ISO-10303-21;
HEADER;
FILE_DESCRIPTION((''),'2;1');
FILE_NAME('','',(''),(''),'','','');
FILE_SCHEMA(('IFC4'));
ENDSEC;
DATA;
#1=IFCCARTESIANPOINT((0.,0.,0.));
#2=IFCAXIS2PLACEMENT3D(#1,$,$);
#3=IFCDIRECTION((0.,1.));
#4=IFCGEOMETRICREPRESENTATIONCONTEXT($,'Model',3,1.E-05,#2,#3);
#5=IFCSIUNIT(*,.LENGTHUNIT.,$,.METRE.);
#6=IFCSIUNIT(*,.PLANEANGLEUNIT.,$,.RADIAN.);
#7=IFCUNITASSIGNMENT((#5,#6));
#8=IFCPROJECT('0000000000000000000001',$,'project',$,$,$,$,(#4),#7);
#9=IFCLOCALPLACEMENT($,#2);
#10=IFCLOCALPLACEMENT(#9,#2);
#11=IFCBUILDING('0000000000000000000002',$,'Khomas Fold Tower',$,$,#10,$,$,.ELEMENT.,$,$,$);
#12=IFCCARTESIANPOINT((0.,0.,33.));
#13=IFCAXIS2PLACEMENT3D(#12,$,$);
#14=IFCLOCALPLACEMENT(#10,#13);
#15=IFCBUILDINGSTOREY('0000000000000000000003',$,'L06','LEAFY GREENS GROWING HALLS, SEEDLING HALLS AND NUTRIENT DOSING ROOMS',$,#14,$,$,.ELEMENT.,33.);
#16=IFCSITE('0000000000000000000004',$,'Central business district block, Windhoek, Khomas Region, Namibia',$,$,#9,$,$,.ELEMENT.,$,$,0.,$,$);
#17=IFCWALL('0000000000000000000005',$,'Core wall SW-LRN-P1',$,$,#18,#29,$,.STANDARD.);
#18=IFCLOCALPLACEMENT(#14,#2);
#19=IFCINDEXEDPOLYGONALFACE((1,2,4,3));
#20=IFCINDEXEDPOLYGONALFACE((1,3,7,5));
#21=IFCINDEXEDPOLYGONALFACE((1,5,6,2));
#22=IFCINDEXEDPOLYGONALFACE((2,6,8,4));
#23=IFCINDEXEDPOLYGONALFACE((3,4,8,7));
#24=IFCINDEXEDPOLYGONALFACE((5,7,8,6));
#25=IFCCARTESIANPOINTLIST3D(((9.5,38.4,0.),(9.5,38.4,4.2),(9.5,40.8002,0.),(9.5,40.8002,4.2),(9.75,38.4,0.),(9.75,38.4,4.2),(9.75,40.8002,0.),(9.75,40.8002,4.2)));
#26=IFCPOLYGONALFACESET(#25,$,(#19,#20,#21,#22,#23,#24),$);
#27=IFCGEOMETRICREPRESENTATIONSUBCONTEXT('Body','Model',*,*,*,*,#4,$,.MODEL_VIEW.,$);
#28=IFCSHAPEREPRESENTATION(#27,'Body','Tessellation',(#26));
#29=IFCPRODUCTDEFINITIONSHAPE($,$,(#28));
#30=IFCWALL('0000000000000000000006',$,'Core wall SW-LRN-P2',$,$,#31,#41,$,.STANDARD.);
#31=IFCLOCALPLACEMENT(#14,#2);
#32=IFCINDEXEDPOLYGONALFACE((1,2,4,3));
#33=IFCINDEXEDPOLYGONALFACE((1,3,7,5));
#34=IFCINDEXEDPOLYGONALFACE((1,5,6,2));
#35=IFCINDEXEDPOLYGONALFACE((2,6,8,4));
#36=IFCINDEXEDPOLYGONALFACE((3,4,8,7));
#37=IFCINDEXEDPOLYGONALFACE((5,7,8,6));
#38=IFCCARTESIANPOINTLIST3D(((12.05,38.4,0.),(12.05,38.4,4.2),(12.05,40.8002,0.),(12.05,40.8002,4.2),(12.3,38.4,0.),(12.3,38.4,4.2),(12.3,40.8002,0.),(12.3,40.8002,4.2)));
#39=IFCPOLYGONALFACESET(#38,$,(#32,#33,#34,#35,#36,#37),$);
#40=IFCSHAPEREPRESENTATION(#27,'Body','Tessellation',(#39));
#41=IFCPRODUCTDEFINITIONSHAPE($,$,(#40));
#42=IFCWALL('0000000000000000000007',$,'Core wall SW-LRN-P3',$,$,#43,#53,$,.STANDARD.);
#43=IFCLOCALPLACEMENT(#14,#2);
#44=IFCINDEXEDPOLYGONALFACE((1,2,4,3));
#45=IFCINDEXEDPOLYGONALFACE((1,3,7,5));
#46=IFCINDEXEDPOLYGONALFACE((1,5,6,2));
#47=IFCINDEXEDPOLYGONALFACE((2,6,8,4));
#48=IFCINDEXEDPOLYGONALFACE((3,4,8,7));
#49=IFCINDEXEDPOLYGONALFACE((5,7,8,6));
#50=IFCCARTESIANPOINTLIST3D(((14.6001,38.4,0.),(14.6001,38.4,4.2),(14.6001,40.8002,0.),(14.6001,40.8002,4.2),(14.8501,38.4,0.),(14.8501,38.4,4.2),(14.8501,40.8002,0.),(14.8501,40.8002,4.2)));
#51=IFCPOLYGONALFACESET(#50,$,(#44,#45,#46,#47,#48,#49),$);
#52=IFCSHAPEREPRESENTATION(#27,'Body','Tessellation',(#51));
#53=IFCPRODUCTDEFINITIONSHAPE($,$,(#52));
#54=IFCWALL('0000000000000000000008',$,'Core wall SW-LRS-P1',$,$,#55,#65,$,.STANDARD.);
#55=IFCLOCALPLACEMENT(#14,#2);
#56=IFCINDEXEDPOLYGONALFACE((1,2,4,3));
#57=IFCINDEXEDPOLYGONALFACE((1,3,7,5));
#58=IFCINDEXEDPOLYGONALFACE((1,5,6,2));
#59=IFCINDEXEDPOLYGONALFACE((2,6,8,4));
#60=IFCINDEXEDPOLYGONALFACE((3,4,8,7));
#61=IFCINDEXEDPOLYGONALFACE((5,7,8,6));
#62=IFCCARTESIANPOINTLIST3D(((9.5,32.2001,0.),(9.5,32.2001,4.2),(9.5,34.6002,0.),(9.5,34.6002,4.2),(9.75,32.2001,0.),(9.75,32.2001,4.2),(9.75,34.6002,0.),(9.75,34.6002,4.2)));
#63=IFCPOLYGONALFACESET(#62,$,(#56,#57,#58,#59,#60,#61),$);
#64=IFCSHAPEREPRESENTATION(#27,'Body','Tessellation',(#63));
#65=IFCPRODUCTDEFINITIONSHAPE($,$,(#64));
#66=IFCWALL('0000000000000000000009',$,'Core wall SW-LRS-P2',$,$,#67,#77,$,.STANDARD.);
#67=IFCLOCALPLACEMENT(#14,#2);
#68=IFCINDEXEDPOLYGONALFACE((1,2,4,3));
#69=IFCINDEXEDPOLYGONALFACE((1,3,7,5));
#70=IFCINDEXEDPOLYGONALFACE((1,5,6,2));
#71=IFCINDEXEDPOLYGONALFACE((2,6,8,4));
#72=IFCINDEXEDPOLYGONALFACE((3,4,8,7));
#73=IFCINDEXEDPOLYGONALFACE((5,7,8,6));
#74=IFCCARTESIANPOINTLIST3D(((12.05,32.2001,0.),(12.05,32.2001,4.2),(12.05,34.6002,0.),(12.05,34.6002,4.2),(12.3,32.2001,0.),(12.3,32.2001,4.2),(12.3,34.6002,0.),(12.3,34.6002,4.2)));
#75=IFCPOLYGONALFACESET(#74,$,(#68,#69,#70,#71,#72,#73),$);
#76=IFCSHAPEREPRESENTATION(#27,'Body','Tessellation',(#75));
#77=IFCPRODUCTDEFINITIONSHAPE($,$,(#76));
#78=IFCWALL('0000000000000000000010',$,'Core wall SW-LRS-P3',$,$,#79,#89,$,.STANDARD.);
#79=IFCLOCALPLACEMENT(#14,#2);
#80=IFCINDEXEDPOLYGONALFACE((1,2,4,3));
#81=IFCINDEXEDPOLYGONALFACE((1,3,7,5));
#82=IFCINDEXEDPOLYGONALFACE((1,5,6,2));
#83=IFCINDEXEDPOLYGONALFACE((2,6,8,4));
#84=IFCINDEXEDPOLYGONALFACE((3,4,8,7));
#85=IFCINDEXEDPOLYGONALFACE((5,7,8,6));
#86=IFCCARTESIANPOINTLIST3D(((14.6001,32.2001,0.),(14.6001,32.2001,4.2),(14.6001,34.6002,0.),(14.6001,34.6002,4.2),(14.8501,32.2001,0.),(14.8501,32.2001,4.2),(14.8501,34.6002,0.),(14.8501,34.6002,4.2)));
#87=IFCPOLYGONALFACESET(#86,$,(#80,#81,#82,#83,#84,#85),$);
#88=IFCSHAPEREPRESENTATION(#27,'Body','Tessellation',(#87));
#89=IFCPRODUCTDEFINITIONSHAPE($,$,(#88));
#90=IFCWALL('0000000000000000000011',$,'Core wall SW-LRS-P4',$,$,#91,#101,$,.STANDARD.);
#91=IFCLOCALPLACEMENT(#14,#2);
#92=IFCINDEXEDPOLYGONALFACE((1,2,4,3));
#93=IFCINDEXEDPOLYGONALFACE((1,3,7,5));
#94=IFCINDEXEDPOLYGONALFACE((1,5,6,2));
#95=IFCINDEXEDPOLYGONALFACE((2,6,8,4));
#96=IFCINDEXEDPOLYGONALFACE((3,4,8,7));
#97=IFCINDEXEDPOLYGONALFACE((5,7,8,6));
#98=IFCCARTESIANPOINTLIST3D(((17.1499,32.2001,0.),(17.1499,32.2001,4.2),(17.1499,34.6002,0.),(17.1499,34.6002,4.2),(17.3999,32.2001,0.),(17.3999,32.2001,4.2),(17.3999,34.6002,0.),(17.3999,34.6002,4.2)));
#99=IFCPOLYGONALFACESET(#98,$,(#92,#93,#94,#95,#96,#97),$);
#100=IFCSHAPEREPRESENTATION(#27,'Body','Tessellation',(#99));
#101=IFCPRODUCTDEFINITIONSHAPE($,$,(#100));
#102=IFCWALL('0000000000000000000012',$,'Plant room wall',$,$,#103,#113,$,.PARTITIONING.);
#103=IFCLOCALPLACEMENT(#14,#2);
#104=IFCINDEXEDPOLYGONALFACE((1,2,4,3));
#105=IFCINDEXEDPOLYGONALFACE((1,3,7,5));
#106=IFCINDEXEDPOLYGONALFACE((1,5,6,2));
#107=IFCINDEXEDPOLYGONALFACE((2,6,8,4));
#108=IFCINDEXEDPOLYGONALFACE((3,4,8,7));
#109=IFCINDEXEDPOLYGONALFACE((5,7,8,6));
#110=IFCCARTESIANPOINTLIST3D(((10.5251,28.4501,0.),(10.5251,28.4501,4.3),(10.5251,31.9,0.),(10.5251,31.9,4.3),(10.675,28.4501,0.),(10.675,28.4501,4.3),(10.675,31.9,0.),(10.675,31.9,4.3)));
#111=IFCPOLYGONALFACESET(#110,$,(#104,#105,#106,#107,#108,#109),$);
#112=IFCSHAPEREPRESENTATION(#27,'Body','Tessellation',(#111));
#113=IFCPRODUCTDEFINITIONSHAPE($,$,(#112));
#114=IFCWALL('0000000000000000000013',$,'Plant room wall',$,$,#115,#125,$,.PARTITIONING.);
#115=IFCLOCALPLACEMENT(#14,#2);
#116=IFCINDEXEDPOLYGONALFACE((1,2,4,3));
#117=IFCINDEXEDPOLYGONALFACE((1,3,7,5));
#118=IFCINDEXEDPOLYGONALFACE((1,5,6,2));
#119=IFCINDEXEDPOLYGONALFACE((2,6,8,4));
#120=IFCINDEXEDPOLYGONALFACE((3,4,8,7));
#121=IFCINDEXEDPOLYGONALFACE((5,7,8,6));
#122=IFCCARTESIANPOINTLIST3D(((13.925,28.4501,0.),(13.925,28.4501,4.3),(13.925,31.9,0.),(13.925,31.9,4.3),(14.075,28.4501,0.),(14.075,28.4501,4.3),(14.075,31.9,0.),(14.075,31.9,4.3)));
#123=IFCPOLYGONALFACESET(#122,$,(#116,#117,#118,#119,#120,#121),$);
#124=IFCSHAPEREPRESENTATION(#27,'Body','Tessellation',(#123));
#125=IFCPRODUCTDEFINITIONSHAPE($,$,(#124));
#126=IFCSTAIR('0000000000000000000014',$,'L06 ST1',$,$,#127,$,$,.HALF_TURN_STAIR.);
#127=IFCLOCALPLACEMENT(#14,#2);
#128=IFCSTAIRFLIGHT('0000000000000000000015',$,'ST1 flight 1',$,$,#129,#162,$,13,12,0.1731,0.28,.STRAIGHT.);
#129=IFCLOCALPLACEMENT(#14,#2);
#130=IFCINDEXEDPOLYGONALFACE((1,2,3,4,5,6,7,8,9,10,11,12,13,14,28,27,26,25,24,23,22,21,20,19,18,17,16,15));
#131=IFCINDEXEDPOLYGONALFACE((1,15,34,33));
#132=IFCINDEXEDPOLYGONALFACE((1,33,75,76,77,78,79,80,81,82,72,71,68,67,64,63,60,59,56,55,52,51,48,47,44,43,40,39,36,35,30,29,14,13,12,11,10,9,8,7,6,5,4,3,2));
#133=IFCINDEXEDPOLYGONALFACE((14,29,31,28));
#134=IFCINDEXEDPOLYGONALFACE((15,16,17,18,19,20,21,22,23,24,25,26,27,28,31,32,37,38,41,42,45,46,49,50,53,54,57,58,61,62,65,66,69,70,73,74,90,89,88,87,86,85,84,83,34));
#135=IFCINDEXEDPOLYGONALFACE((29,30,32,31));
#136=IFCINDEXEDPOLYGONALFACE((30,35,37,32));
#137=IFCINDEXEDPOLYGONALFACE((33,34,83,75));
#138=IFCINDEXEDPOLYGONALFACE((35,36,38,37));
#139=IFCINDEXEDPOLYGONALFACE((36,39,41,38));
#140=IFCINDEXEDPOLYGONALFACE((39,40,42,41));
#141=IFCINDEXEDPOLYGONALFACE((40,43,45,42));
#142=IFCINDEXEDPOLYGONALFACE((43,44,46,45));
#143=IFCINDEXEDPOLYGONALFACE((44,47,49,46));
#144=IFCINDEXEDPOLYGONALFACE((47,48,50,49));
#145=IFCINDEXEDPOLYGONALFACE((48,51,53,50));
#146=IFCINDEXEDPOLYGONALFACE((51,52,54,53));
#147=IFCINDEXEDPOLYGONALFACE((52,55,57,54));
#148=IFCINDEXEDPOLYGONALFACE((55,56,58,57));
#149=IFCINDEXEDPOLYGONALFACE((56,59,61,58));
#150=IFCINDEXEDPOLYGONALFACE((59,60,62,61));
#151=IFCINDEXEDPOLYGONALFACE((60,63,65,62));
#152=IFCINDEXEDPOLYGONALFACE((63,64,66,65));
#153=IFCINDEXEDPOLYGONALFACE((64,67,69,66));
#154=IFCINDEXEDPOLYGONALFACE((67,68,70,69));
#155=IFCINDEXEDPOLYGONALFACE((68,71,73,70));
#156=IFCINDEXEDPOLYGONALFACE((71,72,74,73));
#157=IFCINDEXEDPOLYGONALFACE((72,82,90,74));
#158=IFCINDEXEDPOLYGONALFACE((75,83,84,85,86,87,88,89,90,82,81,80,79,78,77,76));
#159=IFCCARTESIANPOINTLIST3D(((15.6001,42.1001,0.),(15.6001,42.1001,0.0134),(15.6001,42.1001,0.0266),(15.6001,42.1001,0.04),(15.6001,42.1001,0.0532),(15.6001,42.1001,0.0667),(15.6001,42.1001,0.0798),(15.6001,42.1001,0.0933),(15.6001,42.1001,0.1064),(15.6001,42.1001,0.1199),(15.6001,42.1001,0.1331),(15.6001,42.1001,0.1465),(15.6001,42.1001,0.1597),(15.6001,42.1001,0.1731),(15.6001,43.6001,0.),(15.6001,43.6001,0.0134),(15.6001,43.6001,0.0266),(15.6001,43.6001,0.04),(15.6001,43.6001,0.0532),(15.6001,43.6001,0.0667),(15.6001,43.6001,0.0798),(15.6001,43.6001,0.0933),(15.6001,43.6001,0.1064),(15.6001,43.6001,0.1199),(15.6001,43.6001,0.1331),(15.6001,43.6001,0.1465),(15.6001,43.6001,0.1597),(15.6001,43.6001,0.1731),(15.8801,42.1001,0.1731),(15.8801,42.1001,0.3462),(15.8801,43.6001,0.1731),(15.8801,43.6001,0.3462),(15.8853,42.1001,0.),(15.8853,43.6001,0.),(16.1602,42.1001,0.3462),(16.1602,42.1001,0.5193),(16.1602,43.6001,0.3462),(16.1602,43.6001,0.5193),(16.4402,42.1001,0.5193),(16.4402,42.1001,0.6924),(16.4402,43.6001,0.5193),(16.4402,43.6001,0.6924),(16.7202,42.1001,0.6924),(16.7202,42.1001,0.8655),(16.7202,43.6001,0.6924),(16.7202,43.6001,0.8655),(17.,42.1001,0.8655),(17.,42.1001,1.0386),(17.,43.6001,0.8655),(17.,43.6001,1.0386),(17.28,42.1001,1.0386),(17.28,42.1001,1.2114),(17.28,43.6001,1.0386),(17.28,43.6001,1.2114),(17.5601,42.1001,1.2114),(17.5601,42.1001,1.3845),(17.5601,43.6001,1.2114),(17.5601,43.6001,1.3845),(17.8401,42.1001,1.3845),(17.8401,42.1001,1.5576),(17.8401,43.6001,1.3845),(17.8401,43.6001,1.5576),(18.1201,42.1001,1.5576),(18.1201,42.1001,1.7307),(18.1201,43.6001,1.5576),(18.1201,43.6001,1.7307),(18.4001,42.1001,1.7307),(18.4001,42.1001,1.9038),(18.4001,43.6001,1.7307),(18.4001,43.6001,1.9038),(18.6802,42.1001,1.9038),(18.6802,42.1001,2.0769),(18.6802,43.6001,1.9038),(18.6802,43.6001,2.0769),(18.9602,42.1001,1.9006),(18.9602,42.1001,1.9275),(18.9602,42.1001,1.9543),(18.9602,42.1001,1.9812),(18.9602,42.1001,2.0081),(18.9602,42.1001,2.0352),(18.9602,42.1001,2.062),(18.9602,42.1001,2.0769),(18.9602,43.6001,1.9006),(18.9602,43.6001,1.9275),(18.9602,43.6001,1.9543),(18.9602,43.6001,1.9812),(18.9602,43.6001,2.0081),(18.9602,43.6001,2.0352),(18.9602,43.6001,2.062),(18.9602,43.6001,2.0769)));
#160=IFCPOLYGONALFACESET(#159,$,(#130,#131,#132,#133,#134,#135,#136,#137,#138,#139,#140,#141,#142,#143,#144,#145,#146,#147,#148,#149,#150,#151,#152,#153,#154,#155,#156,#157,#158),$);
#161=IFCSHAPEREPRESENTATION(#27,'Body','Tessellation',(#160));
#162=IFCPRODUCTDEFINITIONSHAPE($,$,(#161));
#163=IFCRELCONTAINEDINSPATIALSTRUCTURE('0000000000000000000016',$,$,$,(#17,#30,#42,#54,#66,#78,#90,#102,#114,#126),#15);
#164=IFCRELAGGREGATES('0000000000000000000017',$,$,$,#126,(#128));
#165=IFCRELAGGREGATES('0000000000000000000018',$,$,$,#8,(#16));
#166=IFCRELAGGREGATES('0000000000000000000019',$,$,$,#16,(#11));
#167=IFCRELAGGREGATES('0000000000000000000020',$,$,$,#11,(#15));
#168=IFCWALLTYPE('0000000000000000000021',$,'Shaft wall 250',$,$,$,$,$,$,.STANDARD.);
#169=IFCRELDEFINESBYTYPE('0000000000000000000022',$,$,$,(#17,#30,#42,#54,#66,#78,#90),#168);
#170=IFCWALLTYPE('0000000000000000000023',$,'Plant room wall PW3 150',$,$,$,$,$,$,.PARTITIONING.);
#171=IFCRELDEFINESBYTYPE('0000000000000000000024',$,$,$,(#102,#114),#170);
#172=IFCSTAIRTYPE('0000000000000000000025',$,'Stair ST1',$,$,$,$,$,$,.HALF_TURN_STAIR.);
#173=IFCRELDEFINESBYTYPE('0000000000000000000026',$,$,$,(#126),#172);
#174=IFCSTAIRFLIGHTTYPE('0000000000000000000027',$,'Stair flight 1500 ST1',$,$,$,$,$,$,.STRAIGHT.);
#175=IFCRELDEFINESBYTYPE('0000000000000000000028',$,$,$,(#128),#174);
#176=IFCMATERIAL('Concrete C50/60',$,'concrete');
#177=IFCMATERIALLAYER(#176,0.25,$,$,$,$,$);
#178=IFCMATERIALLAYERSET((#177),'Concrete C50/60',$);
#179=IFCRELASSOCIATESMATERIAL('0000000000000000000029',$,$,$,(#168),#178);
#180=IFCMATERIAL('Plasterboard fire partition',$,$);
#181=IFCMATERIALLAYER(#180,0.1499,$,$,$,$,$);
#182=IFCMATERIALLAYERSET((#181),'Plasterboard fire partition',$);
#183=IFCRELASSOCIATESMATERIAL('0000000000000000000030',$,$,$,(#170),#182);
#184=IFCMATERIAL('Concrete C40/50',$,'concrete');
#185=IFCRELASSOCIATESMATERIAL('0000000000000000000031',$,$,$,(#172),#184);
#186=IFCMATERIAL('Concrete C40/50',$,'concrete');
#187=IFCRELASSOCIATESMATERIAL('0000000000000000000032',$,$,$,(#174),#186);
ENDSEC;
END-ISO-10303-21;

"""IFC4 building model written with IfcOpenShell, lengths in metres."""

from ifc_helpers import new_model, si_unit, direction, frame, frame_2d, origin, place, context, subcontext, project, spatial, polyline, rectangle, outline, extrude, source, transform, mapped, material, layer, layer_set, type_object, element, aggregate, save


model = new_model("IFC4")

# Units and contexts
model_context = context("Model", 3, precision=1e-05, world=origin(), true_north=direction((0.0, 1.0)))
body_context = subcontext(model_context, "Body", "Model", "MODEL_VIEW")
ifc_project = project(units=[si_unit("LENGTHUNIT", "METRE"), si_unit("PLANEANGLEUNIT", "RADIAN")], contexts=[model_context])

# Site, building, storey
site_placement = place(None, origin())
site = spatial("IfcSite", under=ifc_project, at=site_placement, Name="Central business district block, Windhoek, Khomas Region, Namibia", CompositionType="ELEMENT", RefElevation=0.0)
building_placement = place(site_placement, origin())
building = spatial("IfcBuilding", under=site, at=building_placement, Name="Khomas Fold Tower", CompositionType="ELEMENT")
storey_placement = place(building_placement, frame((0.0, 0.0, 33.0)))
storey = spatial("IfcBuildingStorey", under=building, at=storey_placement, Name="L06", Description="LEAFY GREENS GROWING HALLS, SEEDLING HALLS AND NUTRIENT DOSING ROOMS", CompositionType="ELEMENT", Elevation=33.0)

# Walls
ifc_material_1 = material(Name="Concrete C50/60", Category="concrete")
ifc_layer_1 = layer(ifc_material_1, 0.25)
ifc_layer_set_1 = layer_set([ifc_layer_1], Name="Concrete C50/60")
wall_type_1 = type_object("IfcWallType", Name="Shaft wall 250", PredefinedType="STANDARD", material=ifc_layer_set_1)
shared_shape_1 = source(origin(), body_context, "Body", "SweptSolid", [
    extrude(rectangle(XDim=2.4001, YDim=0.25, at=frame_2d((1.2002, 0.0))), origin(), (0.0, 0.0, 1.0), 4.2),
])
for number, where, z_axis, x_axis, name in (
    (1, (9.625, 38.3999, 0.0), (0.0, 0.0, 1.0), (0.0, 1.0, 0.0), "Core wall SW-LRN-P1"),
    (2, (12.175, 38.3999, 0.0), (0.0, 0.0, 1.0), (0.0, 1.0, 0.0), "Core wall SW-LRN-P2"),
    (3, (14.7251, 38.3999, 0.0), (0.0, 0.0, 1.0), (0.0, 1.0, 0.0), "Core wall SW-LRN-P3"),
    (4, (9.625, 32.2, 0.0), (0.0, 0.0, 1.0), (0.0, 1.0, 0.0), "Core wall SW-LRS-P1"),
    (5, (12.175, 32.2, 0.0), (0.0, 0.0, 1.0), (0.0, 1.0, 0.0), "Core wall SW-LRS-P2"),
    (6, (14.7251, 32.2, 0.0), (0.0, 0.0, 1.0), (0.0, 1.0, 0.0), "Core wall SW-LRS-P3"),
    (7, (17.2749, 32.2, 0.0), (0.0, 0.0, 1.0), (0.0, 1.0, 0.0), "Core wall SW-LRS-P4"),
):
    element("IfcWall", number, at=place(storey_placement, frame(where, z_axis=z_axis, x_axis=x_axis)), inside=storey, type_object=wall_type_1, Name=name, PredefinedType="STANDARD", context=body_context, shape_type="MappedRepresentation", body=[
        mapped(shared_shape_1, transform((0.0, 0.0, 0.0))),
    ])
ifc_material_2 = material(Name="Plasterboard fire partition")
ifc_layer_2 = layer(ifc_material_2, 0.1499)
ifc_layer_set_2 = layer_set([ifc_layer_2], Name="Plasterboard fire partition")
wall_type_2 = type_object("IfcWallType", Name="Plant room wall PW3 150", PredefinedType="PARTITIONING", material=ifc_layer_set_2)
shared_shape_2 = source(origin(), body_context, "Body", "SweptSolid", [
    extrude(rectangle(XDim=3.45, YDim=0.1499, at=frame_2d((1.7251, 0.0))), origin(), (0.0, 0.0, 1.0), 4.3),
])
for number, where, z_axis, x_axis, name in (
    (8, (10.6001, 28.45, 0.0), (0.0, 0.0, 1.0), (0.0, 1.0, 0.0), "Plant room wall"),
    (9, (14.0, 28.45, 0.0), (0.0, 0.0, 1.0), (0.0, 1.0, 0.0), "Plant room wall"),
):
    element("IfcWall", number, at=place(storey_placement, frame(where, z_axis=z_axis, x_axis=x_axis)), inside=storey, type_object=wall_type_2, Name=name, PredefinedType="PARTITIONING", context=body_context, shape_type="MappedRepresentation", body=[
        mapped(shared_shape_2, transform((0.0, 0.0, 0.0))),
    ])

# Stair, stair flight
ifc_material_3 = material(Name="Concrete C40/50", Category="concrete")
stair_type = type_object("IfcStairType", Name="Stair ST1", PredefinedType="HALF_TURN_STAIR", material=ifc_material_3)
stair_placement = place(storey_placement, origin())
stair = element("IfcStair", 10, at=stair_placement, inside=storey, type_object=stair_type, Name="L06 ST1", PredefinedType="HALF_TURN_STAIR")
ifc_material_4 = material(Name="Concrete C40/50", Category="concrete")
stair_flight_type = type_object("IfcStairFlightType", Name="Stair flight 1500 ST1", PredefinedType="STRAIGHT", material=ifc_material_4)
shared_shape_3 = source(origin(), body_context, "Body", "SweptSolid", [
    extrude(outline(polyline([(0.0, 0.0), (0.0, 0.0134), (0.0, 0.0266), (0.0, 0.04), (0.0, 0.0532), (0.0, 0.0667), (0.0, 0.0798), (0.0, 0.0933), (0.0, 0.1064), (0.0, 0.1199), (0.0, 0.1331), (0.0, 0.1465), (0.0, 0.1597), (0.0, 0.1731), (0.28, 0.1731), (0.28, 0.3462), (0.5601, 0.3462), (0.5601, 0.5193), (0.8401, 0.5193), (0.8401, 0.6924), (1.1201, 0.6924), (1.1201, 0.8655), (1.3999, 0.8655), (1.3999, 1.0386), (1.6799, 1.0386), (1.6799, 1.2114), (1.96, 1.2114), (1.96, 1.3845), (2.24, 1.3845), (2.24, 1.5576), (2.52, 1.5576), (2.52, 1.7307), (2.8, 1.7307), (2.8, 1.9038), (3.0801, 1.9038), (3.0801, 2.0769), (3.3601, 2.0769), (3.3601, 2.25), (3.3601, 2.2231), (3.3601, 2.1963), (3.3601, 2.1694), (3.3601, 2.1426), (3.3601, 2.1157), (3.3601, 2.0889), (3.3601, 2.062), (3.3601, 2.0352), (3.3601, 2.0081), (3.3601, 1.9812), (3.3601, 1.9543), (3.3601, 1.9275), (3.3601, 1.9006), (0.2852, 0.0), (0.0, 0.0)])), frame((0.0, 0.75, 0.0), z_axis=(0.0, -1.0, 0.0), x_axis=(1.0, 0.0, 0.0)), (0.0, 0.0, 1.0), 1.5),
])
stair_flight_placement = place(storey_placement, frame((15.6001, 42.8501, 0.0), z_axis=(0.0, 0.0, 1.0), x_axis=(1.0, 0.0, 0.0)))
stair_flight = element("IfcStairFlight", 11, at=stair_flight_placement, type_object=stair_flight_type, Name="ST1 flight 1", NumberOfRisers=13, NumberOfTreads=12, PredefinedType="STRAIGHT", RiserHeight=0.1731, TreadLength=0.28, context=body_context, shape_type="MappedRepresentation", body=[
    mapped(shared_shape_3, transform((0.0, 0.0, 0.0))),
])
aggregate(stair, [stair_flight])

save(model, "model.ifc")
